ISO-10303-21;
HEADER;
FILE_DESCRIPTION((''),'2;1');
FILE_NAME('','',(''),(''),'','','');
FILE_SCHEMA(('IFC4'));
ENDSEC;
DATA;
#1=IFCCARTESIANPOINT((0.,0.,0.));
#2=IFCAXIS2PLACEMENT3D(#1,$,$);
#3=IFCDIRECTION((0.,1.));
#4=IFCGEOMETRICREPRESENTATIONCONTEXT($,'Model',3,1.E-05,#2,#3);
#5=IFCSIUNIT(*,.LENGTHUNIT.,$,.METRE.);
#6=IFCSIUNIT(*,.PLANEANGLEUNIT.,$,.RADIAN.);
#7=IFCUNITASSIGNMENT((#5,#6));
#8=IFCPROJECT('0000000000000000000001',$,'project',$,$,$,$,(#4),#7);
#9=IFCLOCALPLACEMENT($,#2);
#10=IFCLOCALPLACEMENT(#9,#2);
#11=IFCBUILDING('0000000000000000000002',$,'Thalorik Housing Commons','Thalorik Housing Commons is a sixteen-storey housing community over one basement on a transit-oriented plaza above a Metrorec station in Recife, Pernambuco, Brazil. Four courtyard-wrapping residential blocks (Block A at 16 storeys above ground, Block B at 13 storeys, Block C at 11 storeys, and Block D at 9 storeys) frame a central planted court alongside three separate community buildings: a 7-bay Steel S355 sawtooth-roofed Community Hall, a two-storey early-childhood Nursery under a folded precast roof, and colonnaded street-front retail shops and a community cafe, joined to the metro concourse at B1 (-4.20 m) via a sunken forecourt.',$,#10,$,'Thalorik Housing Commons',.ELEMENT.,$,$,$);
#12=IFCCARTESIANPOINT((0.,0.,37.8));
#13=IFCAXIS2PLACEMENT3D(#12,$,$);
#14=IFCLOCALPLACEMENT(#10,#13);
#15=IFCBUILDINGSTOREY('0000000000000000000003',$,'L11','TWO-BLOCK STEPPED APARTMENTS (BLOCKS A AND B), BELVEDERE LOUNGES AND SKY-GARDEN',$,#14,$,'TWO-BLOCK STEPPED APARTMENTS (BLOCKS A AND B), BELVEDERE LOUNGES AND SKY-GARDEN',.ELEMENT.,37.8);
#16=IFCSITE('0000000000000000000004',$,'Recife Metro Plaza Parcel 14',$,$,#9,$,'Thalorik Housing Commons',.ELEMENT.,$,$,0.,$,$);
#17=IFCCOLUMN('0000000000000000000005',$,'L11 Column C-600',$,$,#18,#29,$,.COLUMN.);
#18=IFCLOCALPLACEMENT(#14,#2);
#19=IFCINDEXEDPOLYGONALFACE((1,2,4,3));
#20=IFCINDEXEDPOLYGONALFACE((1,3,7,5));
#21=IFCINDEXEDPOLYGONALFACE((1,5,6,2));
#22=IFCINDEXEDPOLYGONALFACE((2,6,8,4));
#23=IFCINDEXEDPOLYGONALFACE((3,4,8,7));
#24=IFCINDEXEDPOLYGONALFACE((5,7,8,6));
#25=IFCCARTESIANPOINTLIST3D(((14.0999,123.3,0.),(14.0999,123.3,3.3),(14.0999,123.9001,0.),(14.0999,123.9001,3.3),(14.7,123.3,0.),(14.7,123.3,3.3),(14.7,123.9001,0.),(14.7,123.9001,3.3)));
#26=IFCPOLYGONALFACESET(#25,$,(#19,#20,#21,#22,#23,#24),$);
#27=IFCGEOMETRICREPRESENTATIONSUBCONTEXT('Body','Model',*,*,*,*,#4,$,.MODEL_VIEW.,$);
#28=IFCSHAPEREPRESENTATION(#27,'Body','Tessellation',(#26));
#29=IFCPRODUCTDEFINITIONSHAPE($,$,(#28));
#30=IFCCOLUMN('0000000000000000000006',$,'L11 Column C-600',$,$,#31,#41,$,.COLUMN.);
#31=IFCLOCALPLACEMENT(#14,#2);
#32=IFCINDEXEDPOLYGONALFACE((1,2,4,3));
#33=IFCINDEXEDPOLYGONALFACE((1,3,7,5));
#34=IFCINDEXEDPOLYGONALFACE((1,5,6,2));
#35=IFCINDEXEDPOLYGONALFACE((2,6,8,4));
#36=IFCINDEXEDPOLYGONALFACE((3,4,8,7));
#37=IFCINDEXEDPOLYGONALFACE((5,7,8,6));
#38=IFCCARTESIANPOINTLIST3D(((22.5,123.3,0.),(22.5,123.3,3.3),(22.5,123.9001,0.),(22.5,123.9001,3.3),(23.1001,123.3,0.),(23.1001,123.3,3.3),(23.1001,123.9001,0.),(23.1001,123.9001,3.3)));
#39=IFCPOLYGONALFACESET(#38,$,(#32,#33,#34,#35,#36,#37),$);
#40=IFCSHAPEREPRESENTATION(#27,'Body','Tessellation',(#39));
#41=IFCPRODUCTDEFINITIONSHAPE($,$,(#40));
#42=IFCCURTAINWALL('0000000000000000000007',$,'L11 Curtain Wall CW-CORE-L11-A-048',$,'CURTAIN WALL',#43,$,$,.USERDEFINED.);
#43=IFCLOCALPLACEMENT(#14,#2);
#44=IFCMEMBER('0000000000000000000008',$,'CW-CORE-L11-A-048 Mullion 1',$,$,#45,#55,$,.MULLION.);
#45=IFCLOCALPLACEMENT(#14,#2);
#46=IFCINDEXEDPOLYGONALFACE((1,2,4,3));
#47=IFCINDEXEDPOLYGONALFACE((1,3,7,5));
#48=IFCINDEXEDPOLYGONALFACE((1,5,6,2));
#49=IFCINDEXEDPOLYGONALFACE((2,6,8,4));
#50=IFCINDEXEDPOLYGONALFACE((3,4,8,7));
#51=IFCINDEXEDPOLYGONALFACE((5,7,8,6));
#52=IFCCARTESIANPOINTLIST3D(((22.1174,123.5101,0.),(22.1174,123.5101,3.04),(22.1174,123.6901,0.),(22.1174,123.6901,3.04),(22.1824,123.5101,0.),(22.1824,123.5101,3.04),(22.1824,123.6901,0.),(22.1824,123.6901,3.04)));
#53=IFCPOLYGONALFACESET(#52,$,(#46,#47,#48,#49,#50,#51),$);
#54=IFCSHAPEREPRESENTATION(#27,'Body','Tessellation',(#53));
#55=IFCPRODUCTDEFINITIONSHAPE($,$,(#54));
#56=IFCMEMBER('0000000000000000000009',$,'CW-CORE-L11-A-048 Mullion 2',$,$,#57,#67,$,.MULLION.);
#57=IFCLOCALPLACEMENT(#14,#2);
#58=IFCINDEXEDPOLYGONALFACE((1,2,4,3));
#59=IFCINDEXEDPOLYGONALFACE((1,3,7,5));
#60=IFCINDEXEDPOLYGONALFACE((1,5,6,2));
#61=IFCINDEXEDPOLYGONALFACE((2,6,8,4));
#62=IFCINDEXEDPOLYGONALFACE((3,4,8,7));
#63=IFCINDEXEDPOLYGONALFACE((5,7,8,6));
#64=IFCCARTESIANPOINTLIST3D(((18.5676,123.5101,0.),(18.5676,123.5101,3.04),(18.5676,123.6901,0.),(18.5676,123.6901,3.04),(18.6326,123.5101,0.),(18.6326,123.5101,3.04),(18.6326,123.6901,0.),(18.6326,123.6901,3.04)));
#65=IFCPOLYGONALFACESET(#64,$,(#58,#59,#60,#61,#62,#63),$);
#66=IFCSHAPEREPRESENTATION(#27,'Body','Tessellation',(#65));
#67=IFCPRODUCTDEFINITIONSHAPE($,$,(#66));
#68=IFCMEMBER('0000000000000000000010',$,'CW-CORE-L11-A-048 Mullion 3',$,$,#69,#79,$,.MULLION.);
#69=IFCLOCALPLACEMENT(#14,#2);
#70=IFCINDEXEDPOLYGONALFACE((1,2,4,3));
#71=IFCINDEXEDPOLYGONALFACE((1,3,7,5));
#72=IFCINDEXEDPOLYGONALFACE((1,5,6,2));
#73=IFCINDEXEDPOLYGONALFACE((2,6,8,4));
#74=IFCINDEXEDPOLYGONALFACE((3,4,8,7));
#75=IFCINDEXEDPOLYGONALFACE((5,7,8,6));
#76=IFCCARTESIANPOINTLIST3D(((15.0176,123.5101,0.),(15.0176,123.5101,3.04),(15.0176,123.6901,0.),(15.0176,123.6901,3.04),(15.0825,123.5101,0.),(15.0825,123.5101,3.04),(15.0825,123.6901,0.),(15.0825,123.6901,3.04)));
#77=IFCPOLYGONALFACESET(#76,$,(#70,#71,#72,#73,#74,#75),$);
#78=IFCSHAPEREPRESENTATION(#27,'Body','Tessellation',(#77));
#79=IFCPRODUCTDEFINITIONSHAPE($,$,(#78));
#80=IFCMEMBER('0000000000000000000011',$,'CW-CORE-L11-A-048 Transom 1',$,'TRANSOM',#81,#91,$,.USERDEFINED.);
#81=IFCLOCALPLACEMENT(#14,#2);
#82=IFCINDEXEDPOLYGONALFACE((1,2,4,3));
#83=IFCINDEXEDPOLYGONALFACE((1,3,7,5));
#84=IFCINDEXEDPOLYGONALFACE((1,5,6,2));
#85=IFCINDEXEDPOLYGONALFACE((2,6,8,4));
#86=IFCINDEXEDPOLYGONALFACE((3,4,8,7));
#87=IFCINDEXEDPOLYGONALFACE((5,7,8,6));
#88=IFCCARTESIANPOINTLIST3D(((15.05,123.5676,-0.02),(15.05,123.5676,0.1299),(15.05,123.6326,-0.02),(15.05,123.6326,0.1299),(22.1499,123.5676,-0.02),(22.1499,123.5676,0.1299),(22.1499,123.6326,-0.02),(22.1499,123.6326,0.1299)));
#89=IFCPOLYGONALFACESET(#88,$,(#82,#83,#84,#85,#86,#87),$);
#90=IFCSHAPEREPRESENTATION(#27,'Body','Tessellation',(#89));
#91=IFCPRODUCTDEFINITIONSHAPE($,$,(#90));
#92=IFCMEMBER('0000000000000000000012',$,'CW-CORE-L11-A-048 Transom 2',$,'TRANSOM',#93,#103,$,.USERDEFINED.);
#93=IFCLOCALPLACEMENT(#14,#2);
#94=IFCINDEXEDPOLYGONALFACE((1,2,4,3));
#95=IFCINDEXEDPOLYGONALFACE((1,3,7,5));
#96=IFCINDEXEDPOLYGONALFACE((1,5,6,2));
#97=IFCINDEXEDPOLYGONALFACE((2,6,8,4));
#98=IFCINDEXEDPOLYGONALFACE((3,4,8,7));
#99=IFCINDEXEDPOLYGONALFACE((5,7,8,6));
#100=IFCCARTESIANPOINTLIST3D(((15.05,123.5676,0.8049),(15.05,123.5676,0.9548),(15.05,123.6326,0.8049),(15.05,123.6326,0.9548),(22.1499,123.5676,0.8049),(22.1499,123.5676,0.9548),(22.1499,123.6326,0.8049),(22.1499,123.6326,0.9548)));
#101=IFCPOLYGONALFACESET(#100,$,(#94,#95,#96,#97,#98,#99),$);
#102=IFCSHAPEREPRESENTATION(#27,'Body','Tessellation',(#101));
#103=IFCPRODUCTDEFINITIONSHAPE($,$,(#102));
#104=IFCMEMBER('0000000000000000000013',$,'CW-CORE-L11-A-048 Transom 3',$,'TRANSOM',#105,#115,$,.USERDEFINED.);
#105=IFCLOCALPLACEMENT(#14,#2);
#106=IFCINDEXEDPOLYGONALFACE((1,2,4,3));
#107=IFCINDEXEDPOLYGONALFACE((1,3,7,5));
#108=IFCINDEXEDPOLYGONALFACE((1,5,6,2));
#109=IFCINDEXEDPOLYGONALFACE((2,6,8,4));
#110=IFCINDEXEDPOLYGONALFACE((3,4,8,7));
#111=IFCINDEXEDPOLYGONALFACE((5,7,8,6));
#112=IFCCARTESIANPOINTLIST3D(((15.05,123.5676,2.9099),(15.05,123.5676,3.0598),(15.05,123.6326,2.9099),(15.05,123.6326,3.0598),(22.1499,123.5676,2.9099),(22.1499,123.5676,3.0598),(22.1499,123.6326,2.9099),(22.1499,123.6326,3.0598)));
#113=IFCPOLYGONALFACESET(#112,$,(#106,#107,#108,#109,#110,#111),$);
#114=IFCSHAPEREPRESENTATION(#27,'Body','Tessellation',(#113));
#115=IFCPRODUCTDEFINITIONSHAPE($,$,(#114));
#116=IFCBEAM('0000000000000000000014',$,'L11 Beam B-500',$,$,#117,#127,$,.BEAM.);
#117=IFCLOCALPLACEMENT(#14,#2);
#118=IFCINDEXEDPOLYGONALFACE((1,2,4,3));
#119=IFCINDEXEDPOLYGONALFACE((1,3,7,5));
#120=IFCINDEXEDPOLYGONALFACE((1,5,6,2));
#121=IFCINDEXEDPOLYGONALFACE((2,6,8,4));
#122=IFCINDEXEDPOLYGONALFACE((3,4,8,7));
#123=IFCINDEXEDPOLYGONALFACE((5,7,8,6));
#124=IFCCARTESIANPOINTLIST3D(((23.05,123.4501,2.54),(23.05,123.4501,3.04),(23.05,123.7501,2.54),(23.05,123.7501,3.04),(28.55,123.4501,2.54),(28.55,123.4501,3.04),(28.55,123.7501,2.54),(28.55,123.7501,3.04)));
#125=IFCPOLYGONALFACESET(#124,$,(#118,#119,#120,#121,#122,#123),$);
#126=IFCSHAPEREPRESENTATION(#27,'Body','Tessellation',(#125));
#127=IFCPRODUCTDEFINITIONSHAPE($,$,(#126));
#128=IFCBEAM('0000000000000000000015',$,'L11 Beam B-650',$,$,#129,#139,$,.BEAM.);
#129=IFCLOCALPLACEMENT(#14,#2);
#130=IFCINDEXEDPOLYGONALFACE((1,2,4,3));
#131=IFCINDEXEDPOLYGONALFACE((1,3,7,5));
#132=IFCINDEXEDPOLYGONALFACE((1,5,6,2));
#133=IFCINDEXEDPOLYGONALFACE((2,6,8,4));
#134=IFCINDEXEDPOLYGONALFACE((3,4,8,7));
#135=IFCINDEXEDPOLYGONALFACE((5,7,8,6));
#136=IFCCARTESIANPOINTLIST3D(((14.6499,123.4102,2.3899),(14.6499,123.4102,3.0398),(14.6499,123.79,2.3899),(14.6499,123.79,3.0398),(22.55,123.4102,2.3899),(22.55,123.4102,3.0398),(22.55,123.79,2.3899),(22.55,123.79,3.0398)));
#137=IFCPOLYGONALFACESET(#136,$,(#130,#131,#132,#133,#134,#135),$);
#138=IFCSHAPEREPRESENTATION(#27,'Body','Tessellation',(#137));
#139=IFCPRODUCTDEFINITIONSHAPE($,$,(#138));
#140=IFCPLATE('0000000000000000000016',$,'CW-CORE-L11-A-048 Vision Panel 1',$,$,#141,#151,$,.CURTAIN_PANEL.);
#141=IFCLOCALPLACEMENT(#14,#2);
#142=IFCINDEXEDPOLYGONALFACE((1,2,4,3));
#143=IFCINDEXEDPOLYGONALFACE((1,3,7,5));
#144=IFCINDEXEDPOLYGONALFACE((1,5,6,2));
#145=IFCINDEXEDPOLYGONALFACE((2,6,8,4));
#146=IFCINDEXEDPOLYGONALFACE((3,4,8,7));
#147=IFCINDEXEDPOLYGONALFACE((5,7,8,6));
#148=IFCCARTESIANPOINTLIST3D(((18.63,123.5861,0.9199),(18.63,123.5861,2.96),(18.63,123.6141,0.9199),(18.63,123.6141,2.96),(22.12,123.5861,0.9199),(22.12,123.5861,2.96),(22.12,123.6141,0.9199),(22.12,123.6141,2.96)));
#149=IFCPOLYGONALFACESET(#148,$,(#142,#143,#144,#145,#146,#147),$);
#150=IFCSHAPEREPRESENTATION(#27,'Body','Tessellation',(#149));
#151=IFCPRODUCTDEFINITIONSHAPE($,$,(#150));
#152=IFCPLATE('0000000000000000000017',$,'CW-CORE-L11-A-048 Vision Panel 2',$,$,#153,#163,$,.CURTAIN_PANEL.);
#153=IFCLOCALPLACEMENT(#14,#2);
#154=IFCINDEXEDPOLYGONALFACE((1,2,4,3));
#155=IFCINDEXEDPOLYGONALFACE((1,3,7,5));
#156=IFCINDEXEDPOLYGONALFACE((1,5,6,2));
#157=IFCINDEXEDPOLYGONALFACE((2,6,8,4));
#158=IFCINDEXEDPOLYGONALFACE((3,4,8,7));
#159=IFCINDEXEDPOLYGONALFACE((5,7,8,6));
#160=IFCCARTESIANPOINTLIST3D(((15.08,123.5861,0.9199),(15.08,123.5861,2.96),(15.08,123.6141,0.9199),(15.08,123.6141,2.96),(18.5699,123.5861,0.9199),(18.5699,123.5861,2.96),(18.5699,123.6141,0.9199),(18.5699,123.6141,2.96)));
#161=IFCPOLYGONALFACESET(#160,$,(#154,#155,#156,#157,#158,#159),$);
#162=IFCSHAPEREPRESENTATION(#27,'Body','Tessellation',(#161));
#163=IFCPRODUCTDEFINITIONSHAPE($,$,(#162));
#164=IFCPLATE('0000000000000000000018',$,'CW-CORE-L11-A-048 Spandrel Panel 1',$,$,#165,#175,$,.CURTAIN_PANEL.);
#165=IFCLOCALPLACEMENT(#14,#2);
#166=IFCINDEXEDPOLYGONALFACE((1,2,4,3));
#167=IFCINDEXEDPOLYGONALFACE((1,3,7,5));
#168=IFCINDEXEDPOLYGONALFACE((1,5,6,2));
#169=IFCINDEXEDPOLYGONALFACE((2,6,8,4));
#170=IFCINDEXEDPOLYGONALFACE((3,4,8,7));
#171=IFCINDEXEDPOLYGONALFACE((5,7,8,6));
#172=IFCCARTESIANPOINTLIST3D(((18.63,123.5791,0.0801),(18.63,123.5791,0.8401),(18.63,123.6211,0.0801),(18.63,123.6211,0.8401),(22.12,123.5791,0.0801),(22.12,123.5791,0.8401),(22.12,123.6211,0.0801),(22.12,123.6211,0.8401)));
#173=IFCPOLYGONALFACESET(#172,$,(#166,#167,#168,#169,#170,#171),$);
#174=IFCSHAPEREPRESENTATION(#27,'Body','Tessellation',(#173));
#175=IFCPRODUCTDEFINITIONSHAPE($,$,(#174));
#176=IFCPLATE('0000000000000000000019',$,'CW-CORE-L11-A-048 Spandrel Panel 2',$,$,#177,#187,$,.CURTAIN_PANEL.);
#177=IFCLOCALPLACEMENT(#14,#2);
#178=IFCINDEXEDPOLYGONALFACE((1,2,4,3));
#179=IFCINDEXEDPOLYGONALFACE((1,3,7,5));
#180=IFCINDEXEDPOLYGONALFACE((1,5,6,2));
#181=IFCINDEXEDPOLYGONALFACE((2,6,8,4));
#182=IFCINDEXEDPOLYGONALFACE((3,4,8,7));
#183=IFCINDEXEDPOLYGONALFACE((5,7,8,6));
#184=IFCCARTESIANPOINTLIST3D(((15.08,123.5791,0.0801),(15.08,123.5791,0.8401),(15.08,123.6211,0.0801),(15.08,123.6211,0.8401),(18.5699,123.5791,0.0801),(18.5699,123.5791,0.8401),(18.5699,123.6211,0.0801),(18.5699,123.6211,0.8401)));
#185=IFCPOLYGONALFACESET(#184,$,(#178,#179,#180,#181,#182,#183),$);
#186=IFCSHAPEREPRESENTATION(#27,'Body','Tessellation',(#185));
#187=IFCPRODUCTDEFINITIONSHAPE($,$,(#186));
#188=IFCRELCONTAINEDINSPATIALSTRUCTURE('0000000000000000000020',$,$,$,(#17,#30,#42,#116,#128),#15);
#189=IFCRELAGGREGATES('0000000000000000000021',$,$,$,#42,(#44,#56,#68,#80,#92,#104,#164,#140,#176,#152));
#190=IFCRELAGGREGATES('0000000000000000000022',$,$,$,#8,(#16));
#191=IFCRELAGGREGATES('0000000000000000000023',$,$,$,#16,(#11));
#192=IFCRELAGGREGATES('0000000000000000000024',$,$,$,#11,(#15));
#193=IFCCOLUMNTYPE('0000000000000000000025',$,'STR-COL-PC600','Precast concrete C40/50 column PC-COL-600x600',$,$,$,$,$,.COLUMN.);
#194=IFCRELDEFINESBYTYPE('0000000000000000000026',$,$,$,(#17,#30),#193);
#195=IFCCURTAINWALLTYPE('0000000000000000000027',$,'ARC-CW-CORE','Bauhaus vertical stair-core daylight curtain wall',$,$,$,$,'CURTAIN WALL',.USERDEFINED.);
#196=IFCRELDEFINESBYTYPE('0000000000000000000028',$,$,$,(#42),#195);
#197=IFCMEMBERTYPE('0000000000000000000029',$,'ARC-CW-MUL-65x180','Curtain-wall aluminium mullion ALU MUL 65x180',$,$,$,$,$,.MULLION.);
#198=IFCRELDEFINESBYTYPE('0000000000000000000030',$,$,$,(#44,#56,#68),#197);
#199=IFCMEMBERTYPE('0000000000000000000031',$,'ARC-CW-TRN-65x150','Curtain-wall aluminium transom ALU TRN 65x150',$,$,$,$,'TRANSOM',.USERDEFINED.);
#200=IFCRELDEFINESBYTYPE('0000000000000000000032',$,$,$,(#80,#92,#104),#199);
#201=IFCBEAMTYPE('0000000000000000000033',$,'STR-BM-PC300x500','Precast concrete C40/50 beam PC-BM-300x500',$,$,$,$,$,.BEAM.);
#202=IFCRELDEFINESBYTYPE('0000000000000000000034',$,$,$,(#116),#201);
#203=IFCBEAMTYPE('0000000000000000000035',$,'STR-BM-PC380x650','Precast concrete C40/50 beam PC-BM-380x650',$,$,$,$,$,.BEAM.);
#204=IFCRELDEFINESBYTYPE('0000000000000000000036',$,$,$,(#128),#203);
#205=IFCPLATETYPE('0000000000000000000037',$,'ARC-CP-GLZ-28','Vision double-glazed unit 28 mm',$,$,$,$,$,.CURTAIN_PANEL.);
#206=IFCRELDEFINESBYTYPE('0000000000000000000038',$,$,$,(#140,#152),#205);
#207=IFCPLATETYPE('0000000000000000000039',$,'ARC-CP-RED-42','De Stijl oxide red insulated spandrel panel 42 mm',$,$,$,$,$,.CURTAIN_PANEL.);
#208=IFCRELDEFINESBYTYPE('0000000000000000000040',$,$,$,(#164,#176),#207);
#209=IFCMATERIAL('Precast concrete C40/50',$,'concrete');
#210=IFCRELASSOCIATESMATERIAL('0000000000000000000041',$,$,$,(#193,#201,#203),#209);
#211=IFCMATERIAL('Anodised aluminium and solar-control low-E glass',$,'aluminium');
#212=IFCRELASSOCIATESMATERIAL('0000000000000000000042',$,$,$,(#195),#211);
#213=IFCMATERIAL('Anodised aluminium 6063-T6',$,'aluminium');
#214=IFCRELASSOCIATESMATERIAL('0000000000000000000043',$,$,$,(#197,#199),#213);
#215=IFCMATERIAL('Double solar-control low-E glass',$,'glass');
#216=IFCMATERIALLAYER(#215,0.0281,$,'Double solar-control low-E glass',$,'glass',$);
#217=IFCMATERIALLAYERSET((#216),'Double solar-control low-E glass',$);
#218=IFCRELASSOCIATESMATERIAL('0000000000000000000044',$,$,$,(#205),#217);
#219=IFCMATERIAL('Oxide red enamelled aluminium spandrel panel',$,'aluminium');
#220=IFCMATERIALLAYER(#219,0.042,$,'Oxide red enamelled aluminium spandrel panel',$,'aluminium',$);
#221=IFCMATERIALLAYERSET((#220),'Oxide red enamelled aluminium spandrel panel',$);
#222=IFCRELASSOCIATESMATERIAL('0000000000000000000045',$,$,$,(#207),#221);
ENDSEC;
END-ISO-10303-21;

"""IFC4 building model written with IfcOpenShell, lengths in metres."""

from ifc_helpers import new_model, si_unit, direction, frame, origin, origin_2d, place, context, subcontext, project, spatial, rectangle, extrude, material, layer, layer_set, material_profile, profile_set, type_object, element, aggregate, save


model = new_model("IFC4")

# Units and contexts
model_context = context("Model", 3, precision=1e-05, world=origin(), true_north=direction((0.0, 1.0)))
body_context = subcontext(model_context, "Body", "Model", "MODEL_VIEW")
ifc_project = project(units=[si_unit("LENGTHUNIT", "METRE"), si_unit("PLANEANGLEUNIT", "RADIAN")], contexts=[model_context])

# Site, building, storey
site_placement = place(None, origin())
site = spatial("IfcSite", under=ifc_project, at=site_placement, Name="Recife Metro Plaza Parcel 14", LongName="Thalorik Housing Commons", CompositionType="ELEMENT", RefElevation=0.0)
building_placement = place(site_placement, origin())
building = spatial("IfcBuilding", under=site, at=building_placement, Name="Thalorik Housing Commons", Description="Thalorik Housing Commons is a sixteen-storey housing community over one basement on a transit-oriented plaza above a Metrorec station in Recife, Pernambuco, Brazil. Four courtyard-wrapping residential blocks (Block A at 16 storeys above ground, Block B at 13 storeys, Block C at 11 storeys, and Block D at 9 storeys) frame a central planted court alongside three separate community buildings: a 7-bay Steel S355 sawtooth-roofed Community Hall, a two-storey early-childhood Nursery under a folded precast roof, and colonnaded street-front retail shops and a community cafe, joined to the metro concourse at B1 (-4.20 m) via a sunken forecourt.", LongName="Thalorik Housing Commons", CompositionType="ELEMENT")
storey_placement = place(building_placement, frame((0.0, 0.0, 37.8)))
storey = spatial("IfcBuildingStorey", under=building, at=storey_placement, Name="L11", Description="TWO-BLOCK STEPPED APARTMENTS (BLOCKS A AND B), BELVEDERE LOUNGES AND SKY-GARDEN", LongName="TWO-BLOCK STEPPED APARTMENTS (BLOCKS A AND B), BELVEDERE LOUNGES AND SKY-GARDEN", CompositionType="ELEMENT", Elevation=37.8)

# Columns
ifc_material_1 = material(Name="Precast concrete C40/50", Category="concrete")
ifc_material_profile_1 = material_profile(ifc_material_1, rectangle(XDim=0.6001, YDim=0.6001, at=origin_2d()), Name="PC 600x600", Category="concrete")
ifc_profile_set_1 = profile_set([ifc_material_profile_1], Name="Precast concrete C40/50")
column_type = type_object("IfcColumnType", Name="STR-COL-PC600", Description="Precast concrete C40/50 column PC-COL-600x600", PredefinedType="COLUMN", material=ifc_profile_set_1)
for number, where, z_axis, x_axis, name in (
    (1, (14.3999, 123.6001, 0.0), (0.0, 0.0, 1.0), (1.0, 0.0, 0.0), "L11 Column C-600"),
    (2, (22.8, 123.6001, 0.0), (0.0, 0.0, 1.0), (1.0, 0.0, 0.0), "L11 Column C-600"),
):
    element("IfcColumn", number, at=place(storey_placement, frame(where, z_axis=z_axis, x_axis=x_axis)), inside=storey, type_object=column_type, Name=name, PredefinedType="COLUMN", context=body_context, shape_type="SweptSolid", body=[
        extrude(rectangle(XDim=0.6001, YDim=0.6001, at=origin_2d()), origin(), (0.0, 0.0, 1.0), 3.3),
    ])

# Curtain wall, members
ifc_material_2 = material(Name="Anodised aluminium and solar-control low-E glass", Category="aluminium")
curtain_wall_type = type_object("IfcCurtainWallType", Name="ARC-CW-CORE", Description="Bauhaus vertical stair-core daylight curtain wall", ElementType="CURTAIN WALL", PredefinedType="USERDEFINED", material=ifc_material_2)
curtain_wall_placement = place(storey_placement, origin())
curtain_wall = element("IfcCurtainWall", 3, at=curtain_wall_placement, inside=storey, type_object=curtain_wall_type, Name="L11 Curtain Wall CW-CORE-L11-A-048", ObjectType="CURTAIN WALL", PredefinedType="USERDEFINED")
ifc_material_3 = material(Name="Anodised aluminium 6063-T6", Category="aluminium")
ifc_material_profile_2 = material_profile(ifc_material_3, rectangle(XDim=0.0649, YDim=0.1799, at=origin_2d()), Name="ALU MUL 65x180", Category="aluminium")
ifc_profile_set_2 = profile_set([ifc_material_profile_2], Name="Anodised aluminium 6063-T6")
member_type_1 = type_object("IfcMemberType", Name="ARC-CW-MUL-65x180", Description="Curtain-wall aluminium mullion ALU MUL 65x180", PredefinedType="MULLION", material=ifc_profile_set_2)
member_1_placement = place(storey_placement, frame((22.1499, 123.6001, 0.0), z_axis=(0.0, 0.0, 1.0), x_axis=(-1.0, 0.0, 0.0)))
member_1 = element("IfcMember", 4, at=member_1_placement, type_object=member_type_1, Name="CW-CORE-L11-A-048 Mullion 1", PredefinedType="MULLION", context=body_context, shape_type="SweptSolid", body=[
    extrude(rectangle(XDim=0.0649, YDim=0.1799, at=origin_2d()), origin(), (0.0, 0.0, 1.0), 3.04),
])
member_2_placement = place(storey_placement, frame((18.6001, 123.6001, 0.0), z_axis=(0.0, 0.0, 1.0), x_axis=(-1.0, 0.0, 0.0)))
member_2 = element("IfcMember", 5, at=member_2_placement, type_object=member_type_1, Name="CW-CORE-L11-A-048 Mullion 2", PredefinedType="MULLION", context=body_context, shape_type="SweptSolid", body=[
    extrude(rectangle(XDim=0.0649, YDim=0.1799, at=origin_2d()), origin(), (0.0, 0.0, 1.0), 3.04),
])
member_3_placement = place(storey_placement, frame((15.05, 123.6001, 0.0), z_axis=(0.0, 0.0, 1.0), x_axis=(-1.0, 0.0, 0.0)))
member_3 = element("IfcMember", 6, at=member_3_placement, type_object=member_type_1, Name="CW-CORE-L11-A-048 Mullion 3", PredefinedType="MULLION", context=body_context, shape_type="SweptSolid", body=[
    extrude(rectangle(XDim=0.0649, YDim=0.1799, at=origin_2d()), origin(), (0.0, 0.0, 1.0), 3.04),
])
ifc_material_profile_3 = material_profile(ifc_material_3, rectangle(XDim=0.0649, YDim=0.1499, at=origin_2d()), Name="ALU TRN 65x150", Category="aluminium")
ifc_profile_set_3 = profile_set([ifc_material_profile_3], Name="Anodised aluminium 6063-T6")
member_type_2 = type_object("IfcMemberType", Name="ARC-CW-TRN-65x150", Description="Curtain-wall aluminium transom ALU TRN 65x150", ElementType="TRANSOM", PredefinedType="USERDEFINED", material=ifc_profile_set_3)
member_4_placement = place(storey_placement, frame((22.1499, 123.6001, 0.0549), z_axis=(-1.0, 0.0, 0.0), x_axis=(0.0, -1.0, 0.0)))
member_4 = element("IfcMember", 7, at=member_4_placement, type_object=member_type_2, Name="CW-CORE-L11-A-048 Transom 1", ObjectType="TRANSOM", PredefinedType="USERDEFINED", context=body_context, shape_type="SweptSolid", body=[
    extrude(rectangle(XDim=0.0649, YDim=0.1499, at=origin_2d()), origin(), (0.0, 0.0, 1.0), 7.0999),
])
member_5_placement = place(storey_placement, frame((22.1499, 123.6001, 0.8799), z_axis=(-1.0, 0.0, 0.0), x_axis=(0.0, -1.0, 0.0)))
member_5 = element("IfcMember", 8, at=member_5_placement, type_object=member_type_2, Name="CW-CORE-L11-A-048 Transom 2", ObjectType="TRANSOM", PredefinedType="USERDEFINED", context=body_context, shape_type="SweptSolid", body=[
    extrude(rectangle(XDim=0.0649, YDim=0.1499, at=origin_2d()), origin(), (0.0, 0.0, 1.0), 7.0999),
])
member_6_placement = place(storey_placement, frame((22.1499, 123.6001, 2.9849), z_axis=(-1.0, 0.0, 0.0), x_axis=(0.0, -1.0, 0.0)))
member_6 = element("IfcMember", 9, at=member_6_placement, type_object=member_type_2, Name="CW-CORE-L11-A-048 Transom 3", ObjectType="TRANSOM", PredefinedType="USERDEFINED", context=body_context, shape_type="SweptSolid", body=[
    extrude(rectangle(XDim=0.0649, YDim=0.1499, at=origin_2d()), origin(), (0.0, 0.0, 1.0), 7.0999),
])

# Beams
ifc_material_profile_4 = material_profile(ifc_material_1, rectangle(XDim=0.3, YDim=0.5, at=origin_2d()), Name="PC 300x500", Category="concrete")
ifc_profile_set_4 = profile_set([ifc_material_profile_4], Name="Precast concrete C40/50")
beam_type_1 = type_object("IfcBeamType", Name="STR-BM-PC300x500", Description="Precast concrete C40/50 beam PC-BM-300x500", PredefinedType="BEAM", material=ifc_profile_set_4)
beam_1_placement = place(storey_placement, frame((23.05, 123.6001, 2.79), z_axis=(1.0, 0.0, 0.0), x_axis=(0.0, 1.0, 0.0)))
element("IfcBeam", 10, at=beam_1_placement, inside=storey, type_object=beam_type_1, Name="L11 Beam B-500", PredefinedType="BEAM", context=body_context, shape_type="SweptSolid", body=[
    extrude(rectangle(XDim=0.3, YDim=0.5, at=origin_2d()), origin(), (0.0, 0.0, 1.0), 5.5),
])
ifc_material_profile_5 = material_profile(ifc_material_1, rectangle(XDim=0.3799, YDim=0.6499, at=origin_2d()), Name="PC 380x650", Category="concrete")
ifc_profile_set_5 = profile_set([ifc_material_profile_5], Name="Precast concrete C40/50")
beam_type_2 = type_object("IfcBeamType", Name="STR-BM-PC380x650", Description="Precast concrete C40/50 beam PC-BM-380x650", PredefinedType="BEAM", material=ifc_profile_set_5)
beam_2_placement = place(storey_placement, frame((14.6499, 123.6001, 2.7148), z_axis=(1.0, 0.0, 0.0), x_axis=(0.0, 1.0, 0.0)))
element("IfcBeam", 11, at=beam_2_placement, inside=storey, type_object=beam_type_2, Name="L11 Beam B-650", PredefinedType="BEAM", context=body_context, shape_type="SweptSolid", body=[
    extrude(rectangle(XDim=0.3799, YDim=0.6499, at=origin_2d()), origin(), (0.0, 0.0, 1.0), 7.9001),
])

# Plates
ifc_material_4 = material(Name="Double solar-control low-E glass", Category="glass")
ifc_layer_1 = layer(ifc_material_4, 0.0281, Name="Double solar-control low-E glass", Category="glass")
ifc_layer_set_1 = layer_set([ifc_layer_1], Name="Double solar-control low-E glass")
plate_type_1 = type_object("IfcPlateType", Name="ARC-CP-GLZ-28", Description="Vision double-glazed unit 28 mm", PredefinedType="CURTAIN_PANEL", material=ifc_layer_set_1)
plate_1_placement = place(storey_placement, frame((20.375, 123.6001, 0.9199), z_axis=(0.0, 0.0, 1.0), x_axis=(-1.0, 0.0, 0.0)))
plate_1 = element("IfcPlate", 12, at=plate_1_placement, type_object=plate_type_1, Name="CW-CORE-L11-A-048 Vision Panel 1", PredefinedType="CURTAIN_PANEL", context=body_context, shape_type="SweptSolid", body=[
    extrude(rectangle(XDim=3.49, YDim=0.0281, at=origin_2d()), origin(), (0.0, 0.0, 1.0), 2.04),
])
plate_2_placement = place(storey_placement, frame((16.825, 123.6001, 0.9199), z_axis=(0.0, 0.0, 1.0), x_axis=(-1.0, 0.0, 0.0)))
plate_2 = element("IfcPlate", 13, at=plate_2_placement, type_object=plate_type_1, Name="CW-CORE-L11-A-048 Vision Panel 2", PredefinedType="CURTAIN_PANEL", context=body_context, shape_type="SweptSolid", body=[
    extrude(rectangle(XDim=3.49, YDim=0.0281, at=origin_2d()), origin(), (0.0, 0.0, 1.0), 2.04),
])
ifc_material_5 = material(Name="Oxide red enamelled aluminium spandrel panel", Category="aluminium")
ifc_layer_2 = layer(ifc_material_5, 0.042, Name="Oxide red enamelled aluminium spandrel panel", Category="aluminium")
ifc_layer_set_2 = layer_set([ifc_layer_2], Name="Oxide red enamelled aluminium spandrel panel")
plate_type_2 = type_object("IfcPlateType", Name="ARC-CP-RED-42", Description="De Stijl oxide red insulated spandrel panel 42 mm", PredefinedType="CURTAIN_PANEL", material=ifc_layer_set_2)
plate_3_placement = place(storey_placement, frame((20.375, 123.6001, 0.0801), z_axis=(0.0, 0.0, 1.0), x_axis=(-1.0, 0.0, 0.0)))
plate_3 = element("IfcPlate", 14, at=plate_3_placement, type_object=plate_type_2, Name="CW-CORE-L11-A-048 Spandrel Panel 1", PredefinedType="CURTAIN_PANEL", context=body_context, shape_type="SweptSolid", body=[
    extrude(rectangle(XDim=3.49, YDim=0.042, at=origin_2d()), origin(), (0.0, 0.0, 1.0), 0.76),
])
plate_4_placement = place(storey_placement, frame((16.825, 123.6001, 0.0801), z_axis=(0.0, 0.0, 1.0), x_axis=(-1.0, 0.0, 0.0)))
plate_4 = element("IfcPlate", 15, at=plate_4_placement, type_object=plate_type_2, Name="CW-CORE-L11-A-048 Spandrel Panel 2", PredefinedType="CURTAIN_PANEL", context=body_context, shape_type="SweptSolid", body=[
    extrude(rectangle(XDim=3.49, YDim=0.042, at=origin_2d()), origin(), (0.0, 0.0, 1.0), 0.76),
])
aggregate(curtain_wall, [member_1, member_2, member_3, member_4, member_5, member_6, plate_3, plate_1, plate_4, plate_2])

save(model, "model.ifc")
